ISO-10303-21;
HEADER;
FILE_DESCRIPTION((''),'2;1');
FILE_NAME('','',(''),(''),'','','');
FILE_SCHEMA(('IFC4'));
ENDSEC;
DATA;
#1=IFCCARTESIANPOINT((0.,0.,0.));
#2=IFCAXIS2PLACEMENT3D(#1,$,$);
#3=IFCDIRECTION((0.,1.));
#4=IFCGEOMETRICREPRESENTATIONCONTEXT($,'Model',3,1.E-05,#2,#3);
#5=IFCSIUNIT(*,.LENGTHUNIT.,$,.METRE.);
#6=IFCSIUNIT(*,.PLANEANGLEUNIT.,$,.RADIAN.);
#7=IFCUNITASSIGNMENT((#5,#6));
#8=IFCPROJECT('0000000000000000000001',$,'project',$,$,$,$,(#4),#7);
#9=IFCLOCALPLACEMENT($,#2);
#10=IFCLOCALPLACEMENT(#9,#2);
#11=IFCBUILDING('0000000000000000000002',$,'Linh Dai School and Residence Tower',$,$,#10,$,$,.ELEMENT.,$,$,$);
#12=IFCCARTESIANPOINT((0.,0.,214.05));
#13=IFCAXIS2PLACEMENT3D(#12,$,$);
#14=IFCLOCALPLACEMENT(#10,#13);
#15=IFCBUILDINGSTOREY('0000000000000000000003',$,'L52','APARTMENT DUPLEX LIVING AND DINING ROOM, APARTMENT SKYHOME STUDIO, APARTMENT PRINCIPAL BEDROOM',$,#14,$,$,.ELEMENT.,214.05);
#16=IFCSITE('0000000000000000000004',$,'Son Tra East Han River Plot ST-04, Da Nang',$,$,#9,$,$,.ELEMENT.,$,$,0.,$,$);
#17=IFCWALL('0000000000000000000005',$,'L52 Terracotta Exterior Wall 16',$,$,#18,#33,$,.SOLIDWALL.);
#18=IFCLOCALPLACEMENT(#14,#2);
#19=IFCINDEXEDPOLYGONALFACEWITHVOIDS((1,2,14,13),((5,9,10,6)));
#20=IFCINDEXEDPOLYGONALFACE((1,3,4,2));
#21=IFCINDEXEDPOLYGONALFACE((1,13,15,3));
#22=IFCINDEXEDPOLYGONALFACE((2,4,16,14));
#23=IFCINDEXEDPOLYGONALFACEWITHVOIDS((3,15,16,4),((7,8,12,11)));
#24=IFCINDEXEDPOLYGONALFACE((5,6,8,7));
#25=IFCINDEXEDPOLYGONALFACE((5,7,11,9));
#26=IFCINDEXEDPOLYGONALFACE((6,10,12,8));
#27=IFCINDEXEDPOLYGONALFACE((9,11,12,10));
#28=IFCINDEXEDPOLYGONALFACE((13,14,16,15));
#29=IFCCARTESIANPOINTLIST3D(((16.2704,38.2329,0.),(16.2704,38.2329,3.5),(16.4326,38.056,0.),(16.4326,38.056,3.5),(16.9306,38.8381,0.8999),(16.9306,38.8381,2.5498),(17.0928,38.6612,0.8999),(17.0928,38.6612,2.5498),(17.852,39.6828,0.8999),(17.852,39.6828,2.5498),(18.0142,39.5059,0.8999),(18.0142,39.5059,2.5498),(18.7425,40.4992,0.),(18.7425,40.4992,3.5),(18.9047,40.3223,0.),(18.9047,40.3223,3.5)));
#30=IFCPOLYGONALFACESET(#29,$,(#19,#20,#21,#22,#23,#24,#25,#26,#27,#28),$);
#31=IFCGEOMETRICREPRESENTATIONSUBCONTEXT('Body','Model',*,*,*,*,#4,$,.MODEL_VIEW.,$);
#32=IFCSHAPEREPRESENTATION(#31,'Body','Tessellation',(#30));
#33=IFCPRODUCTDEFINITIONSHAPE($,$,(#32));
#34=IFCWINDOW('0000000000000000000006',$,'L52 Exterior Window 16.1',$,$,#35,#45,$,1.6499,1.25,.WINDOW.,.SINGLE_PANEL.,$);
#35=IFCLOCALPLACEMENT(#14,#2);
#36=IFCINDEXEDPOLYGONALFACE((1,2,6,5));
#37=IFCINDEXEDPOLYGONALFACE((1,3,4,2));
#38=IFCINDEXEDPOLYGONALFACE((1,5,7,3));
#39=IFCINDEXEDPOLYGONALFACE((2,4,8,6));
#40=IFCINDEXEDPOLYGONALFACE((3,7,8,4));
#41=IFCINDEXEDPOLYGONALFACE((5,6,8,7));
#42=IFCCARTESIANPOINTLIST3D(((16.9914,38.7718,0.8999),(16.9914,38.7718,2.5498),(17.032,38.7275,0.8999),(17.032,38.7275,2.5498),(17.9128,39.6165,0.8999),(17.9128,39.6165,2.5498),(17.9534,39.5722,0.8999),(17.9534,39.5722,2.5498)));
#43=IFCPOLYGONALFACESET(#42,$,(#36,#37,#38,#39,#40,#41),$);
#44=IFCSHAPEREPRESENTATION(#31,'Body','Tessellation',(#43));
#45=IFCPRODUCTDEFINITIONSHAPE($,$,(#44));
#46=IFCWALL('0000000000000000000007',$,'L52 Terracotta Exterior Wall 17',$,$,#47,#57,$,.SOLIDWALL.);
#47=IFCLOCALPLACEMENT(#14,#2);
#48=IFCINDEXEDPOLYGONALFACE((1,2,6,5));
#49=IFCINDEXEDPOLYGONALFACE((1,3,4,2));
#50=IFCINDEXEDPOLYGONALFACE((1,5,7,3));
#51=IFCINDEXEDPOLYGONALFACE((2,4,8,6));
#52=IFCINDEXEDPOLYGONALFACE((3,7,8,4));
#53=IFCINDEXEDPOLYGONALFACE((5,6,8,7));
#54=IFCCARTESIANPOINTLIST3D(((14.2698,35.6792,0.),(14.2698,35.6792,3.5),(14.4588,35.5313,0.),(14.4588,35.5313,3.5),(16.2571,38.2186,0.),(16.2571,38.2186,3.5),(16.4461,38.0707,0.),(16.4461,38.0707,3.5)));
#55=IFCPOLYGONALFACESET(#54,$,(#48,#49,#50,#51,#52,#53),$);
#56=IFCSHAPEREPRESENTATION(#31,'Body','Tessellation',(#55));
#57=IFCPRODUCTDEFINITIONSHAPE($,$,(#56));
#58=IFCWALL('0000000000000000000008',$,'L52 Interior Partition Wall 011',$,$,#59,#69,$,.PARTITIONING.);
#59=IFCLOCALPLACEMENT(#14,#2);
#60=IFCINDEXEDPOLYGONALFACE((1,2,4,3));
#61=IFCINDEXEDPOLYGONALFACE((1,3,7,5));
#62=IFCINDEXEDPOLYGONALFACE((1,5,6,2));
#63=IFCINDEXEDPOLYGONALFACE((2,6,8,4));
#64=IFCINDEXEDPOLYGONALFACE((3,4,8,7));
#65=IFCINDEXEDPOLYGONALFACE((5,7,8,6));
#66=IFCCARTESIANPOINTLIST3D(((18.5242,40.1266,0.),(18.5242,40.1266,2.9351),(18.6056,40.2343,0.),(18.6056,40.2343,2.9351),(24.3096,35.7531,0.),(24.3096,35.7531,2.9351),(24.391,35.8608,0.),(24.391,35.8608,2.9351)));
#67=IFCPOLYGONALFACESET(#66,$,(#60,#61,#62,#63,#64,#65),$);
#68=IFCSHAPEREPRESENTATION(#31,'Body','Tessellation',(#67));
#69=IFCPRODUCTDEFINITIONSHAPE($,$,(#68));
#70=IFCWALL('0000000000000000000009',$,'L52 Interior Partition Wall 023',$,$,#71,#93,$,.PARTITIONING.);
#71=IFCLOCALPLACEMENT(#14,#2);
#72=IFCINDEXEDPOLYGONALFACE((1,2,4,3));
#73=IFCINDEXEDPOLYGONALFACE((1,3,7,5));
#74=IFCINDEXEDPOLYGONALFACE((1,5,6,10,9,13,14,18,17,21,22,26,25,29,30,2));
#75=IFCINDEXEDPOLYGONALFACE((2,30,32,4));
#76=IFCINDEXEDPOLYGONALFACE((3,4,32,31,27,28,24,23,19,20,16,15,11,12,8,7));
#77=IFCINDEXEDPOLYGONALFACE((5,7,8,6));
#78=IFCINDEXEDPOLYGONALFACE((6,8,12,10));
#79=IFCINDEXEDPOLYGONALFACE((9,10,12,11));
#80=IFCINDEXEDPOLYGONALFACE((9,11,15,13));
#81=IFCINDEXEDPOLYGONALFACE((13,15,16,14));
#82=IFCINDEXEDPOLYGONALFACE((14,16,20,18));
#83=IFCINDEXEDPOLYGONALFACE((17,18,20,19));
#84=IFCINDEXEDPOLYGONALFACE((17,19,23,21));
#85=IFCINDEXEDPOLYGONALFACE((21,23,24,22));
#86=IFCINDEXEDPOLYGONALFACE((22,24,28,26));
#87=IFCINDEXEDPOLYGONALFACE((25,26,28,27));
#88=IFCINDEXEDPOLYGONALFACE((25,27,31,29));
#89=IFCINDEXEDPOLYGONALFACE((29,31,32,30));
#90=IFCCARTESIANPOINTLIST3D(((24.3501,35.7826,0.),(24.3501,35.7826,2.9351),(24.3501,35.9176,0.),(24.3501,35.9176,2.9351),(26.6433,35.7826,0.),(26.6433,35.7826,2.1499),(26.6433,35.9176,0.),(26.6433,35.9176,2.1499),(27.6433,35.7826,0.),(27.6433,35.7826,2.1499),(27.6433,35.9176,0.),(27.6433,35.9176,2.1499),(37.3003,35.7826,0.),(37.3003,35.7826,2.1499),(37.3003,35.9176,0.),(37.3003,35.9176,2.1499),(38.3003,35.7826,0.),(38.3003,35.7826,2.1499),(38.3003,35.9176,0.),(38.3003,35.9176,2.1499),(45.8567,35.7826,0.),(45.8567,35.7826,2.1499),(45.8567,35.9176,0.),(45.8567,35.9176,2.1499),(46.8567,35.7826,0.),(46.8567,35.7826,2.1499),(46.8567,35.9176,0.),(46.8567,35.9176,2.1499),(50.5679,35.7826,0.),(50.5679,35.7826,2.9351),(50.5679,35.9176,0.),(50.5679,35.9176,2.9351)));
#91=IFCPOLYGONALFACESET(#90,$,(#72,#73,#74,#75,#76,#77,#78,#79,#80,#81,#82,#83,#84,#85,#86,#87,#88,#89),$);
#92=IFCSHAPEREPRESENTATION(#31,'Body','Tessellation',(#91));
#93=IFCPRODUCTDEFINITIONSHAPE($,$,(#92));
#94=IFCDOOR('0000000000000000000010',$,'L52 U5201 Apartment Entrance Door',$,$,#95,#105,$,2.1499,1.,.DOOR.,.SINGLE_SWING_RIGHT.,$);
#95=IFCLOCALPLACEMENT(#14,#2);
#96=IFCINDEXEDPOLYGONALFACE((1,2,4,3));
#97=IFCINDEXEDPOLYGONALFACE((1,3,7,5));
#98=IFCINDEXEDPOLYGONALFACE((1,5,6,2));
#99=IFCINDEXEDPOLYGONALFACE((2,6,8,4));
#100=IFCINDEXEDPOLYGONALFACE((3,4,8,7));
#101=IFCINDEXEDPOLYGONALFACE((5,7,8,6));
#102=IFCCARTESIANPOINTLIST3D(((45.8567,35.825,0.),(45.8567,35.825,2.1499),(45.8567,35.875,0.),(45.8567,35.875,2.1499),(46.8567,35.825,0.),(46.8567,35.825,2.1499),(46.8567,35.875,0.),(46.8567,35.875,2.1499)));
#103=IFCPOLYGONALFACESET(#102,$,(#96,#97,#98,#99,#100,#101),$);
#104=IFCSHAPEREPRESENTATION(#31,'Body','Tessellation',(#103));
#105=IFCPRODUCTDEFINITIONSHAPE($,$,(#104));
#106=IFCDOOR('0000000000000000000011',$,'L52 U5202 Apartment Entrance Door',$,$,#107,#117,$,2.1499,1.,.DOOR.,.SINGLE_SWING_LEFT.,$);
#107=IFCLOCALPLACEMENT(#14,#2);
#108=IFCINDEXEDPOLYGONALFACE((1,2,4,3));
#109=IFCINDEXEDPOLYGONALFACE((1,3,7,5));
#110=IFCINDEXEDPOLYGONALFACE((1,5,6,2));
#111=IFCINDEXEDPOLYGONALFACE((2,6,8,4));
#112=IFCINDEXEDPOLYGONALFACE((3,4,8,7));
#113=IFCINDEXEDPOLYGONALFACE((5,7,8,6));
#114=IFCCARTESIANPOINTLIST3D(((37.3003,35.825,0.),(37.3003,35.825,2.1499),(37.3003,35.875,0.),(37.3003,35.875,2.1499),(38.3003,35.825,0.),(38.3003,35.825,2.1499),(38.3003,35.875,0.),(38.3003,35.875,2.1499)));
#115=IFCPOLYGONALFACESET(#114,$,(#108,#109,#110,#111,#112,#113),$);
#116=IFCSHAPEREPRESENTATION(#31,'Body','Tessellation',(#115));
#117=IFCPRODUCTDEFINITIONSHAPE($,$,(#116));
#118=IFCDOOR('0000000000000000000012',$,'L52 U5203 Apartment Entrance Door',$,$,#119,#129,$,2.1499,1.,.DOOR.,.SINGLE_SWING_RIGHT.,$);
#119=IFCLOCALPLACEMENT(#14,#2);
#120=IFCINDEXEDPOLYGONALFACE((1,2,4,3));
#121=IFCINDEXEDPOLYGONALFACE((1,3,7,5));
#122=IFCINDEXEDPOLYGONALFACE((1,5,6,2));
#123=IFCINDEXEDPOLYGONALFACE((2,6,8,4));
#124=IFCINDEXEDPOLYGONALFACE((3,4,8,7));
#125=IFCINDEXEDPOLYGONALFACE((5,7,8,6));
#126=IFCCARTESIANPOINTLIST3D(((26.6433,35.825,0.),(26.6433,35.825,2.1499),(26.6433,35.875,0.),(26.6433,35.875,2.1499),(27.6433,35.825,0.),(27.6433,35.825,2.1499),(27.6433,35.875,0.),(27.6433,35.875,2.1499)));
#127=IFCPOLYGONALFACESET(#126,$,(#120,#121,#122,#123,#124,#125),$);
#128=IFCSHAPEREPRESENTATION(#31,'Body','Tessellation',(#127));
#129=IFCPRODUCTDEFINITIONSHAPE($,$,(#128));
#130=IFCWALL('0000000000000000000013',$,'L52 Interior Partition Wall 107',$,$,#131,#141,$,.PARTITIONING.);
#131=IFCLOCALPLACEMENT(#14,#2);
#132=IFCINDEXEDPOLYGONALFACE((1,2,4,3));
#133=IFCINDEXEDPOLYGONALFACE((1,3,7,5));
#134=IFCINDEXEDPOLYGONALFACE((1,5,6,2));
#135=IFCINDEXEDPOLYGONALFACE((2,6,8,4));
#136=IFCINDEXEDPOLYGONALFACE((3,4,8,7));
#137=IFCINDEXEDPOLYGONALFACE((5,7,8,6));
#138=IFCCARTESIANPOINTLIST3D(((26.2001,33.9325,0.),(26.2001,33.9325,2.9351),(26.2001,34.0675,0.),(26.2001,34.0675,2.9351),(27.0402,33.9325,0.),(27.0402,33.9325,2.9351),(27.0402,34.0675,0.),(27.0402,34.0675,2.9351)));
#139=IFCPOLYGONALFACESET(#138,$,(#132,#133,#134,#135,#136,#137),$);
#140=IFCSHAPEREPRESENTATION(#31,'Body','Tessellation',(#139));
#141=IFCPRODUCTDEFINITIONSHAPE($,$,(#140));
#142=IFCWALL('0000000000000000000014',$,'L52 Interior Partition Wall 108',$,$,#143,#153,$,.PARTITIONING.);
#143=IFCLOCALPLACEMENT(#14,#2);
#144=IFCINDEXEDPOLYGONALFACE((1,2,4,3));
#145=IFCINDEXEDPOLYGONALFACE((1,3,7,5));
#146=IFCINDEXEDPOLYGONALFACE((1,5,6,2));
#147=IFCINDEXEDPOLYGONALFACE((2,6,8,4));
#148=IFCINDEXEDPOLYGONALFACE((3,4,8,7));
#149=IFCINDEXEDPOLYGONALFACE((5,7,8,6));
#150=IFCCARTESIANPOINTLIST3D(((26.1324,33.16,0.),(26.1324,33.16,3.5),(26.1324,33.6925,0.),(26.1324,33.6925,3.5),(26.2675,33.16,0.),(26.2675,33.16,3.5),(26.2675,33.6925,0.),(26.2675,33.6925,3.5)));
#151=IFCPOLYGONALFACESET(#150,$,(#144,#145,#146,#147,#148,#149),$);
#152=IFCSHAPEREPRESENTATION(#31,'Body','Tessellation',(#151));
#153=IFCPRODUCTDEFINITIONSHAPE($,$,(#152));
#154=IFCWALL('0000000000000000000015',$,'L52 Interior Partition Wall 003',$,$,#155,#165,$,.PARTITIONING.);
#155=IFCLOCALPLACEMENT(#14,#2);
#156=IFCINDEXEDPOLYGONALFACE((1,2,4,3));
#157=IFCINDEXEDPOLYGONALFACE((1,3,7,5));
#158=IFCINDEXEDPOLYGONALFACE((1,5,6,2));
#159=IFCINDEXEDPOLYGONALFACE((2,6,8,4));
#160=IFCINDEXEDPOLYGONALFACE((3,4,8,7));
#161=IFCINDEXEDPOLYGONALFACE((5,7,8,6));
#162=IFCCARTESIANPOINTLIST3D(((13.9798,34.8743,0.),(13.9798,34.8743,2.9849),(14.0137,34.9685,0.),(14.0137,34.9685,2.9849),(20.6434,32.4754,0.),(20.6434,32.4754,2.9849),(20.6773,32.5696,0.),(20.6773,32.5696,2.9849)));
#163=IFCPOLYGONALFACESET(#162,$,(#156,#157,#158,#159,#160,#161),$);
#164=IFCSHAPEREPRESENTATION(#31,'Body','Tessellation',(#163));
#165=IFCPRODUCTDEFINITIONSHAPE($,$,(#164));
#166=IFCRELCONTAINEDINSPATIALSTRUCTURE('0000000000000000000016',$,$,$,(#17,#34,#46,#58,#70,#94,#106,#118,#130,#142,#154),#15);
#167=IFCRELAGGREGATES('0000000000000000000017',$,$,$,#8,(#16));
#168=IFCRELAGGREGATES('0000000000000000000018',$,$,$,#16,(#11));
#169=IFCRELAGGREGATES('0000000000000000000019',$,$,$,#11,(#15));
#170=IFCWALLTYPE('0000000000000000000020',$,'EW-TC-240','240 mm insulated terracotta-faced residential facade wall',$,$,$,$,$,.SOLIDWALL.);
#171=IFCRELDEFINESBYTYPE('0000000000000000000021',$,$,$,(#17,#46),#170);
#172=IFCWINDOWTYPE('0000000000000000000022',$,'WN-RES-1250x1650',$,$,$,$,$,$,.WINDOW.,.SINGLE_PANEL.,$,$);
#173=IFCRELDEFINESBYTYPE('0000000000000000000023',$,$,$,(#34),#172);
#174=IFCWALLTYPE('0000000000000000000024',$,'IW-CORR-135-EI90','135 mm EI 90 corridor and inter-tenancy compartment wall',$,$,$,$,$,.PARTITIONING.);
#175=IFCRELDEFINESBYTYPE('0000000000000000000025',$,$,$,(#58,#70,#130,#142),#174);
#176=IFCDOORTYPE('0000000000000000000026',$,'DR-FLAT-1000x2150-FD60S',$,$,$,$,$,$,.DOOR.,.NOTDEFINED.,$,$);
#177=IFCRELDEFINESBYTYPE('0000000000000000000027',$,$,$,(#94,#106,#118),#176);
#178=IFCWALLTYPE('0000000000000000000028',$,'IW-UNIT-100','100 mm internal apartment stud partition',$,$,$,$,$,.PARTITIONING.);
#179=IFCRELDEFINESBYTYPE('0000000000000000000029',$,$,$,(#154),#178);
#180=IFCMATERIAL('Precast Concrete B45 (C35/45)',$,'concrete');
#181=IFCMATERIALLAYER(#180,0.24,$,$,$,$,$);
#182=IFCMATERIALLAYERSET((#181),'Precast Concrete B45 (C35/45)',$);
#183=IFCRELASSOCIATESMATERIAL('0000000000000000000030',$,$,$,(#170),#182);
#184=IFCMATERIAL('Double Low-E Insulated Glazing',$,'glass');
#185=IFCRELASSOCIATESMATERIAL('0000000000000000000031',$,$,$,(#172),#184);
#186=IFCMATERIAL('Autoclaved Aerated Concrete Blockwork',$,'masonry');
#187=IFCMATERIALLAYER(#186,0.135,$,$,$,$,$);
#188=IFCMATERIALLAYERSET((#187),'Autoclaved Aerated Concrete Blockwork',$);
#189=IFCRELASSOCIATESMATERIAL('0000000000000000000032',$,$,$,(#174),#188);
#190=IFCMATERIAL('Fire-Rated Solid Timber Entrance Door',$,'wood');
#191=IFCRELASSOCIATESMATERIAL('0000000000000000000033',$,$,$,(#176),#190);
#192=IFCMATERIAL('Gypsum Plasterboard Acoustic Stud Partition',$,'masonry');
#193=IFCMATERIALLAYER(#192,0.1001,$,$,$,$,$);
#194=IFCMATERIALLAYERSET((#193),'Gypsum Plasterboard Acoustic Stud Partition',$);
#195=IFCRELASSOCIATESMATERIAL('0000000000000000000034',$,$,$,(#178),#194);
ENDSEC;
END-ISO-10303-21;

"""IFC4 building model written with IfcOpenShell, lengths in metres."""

from ifc_helpers import new_model, si_unit, direction, frame, frame_2d, origin, origin_2d, place, context, subcontext, project, spatial, rectangle, extrude, source, transform, mapped, material, layer, layer_set, type_object, element, fill, save


model = new_model("IFC4")

# Units and contexts
model_context = context("Model", 3, precision=1e-05, world=origin(), true_north=direction((0.0, 1.0)))
body_context = subcontext(model_context, "Body", "Model", "MODEL_VIEW")
ifc_project = project(units=[si_unit("LENGTHUNIT", "METRE"), si_unit("PLANEANGLEUNIT", "RADIAN")], contexts=[model_context])

# Site, building, storey
site_placement = place(None, origin())
site = spatial("IfcSite", under=ifc_project, at=site_placement, Name="Son Tra East Han River Plot ST-04, Da Nang", CompositionType="ELEMENT", RefElevation=0.0)
building_placement = place(site_placement, origin())
building = spatial("IfcBuilding", under=site, at=building_placement, Name="Linh Dai School and Residence Tower", CompositionType="ELEMENT")
storey_placement = place(building_placement, frame((0.0, 0.0, 214.05)))
storey = spatial("IfcBuildingStorey", under=building, at=storey_placement, Name="L52", Description="APARTMENT DUPLEX LIVING AND DINING ROOM, APARTMENT SKYHOME STUDIO, APARTMENT PRINCIPAL BEDROOM", CompositionType="ELEMENT", Elevation=214.05)

# Shared definitions
ifc_material_1 = material(Name="Precast Concrete B45 (C35/45)", Category="concrete")

# Shared definitions
ifc_layer_1 = layer(ifc_material_1, 0.24)
ifc_layer_set_1 = layer_set([ifc_layer_1], Name="Precast Concrete B45 (C35/45)")
wall_type_1 = type_object("IfcWallType", Name="EW-TC-240", Description="240 mm insulated terracotta-faced residential facade wall", PredefinedType="SOLIDWALL", material=ifc_layer_set_1)

# Shared definitions
ifc_material_2 = material(Name="Double Low-E Insulated Glazing", Category="glass")

# Wall, opening, window
wall_1_placement = place(storey_placement, frame((16.3516, 38.1445, 0.0), z_axis=(0.0, 0.0, 1.0), x_axis=(0.737124, 0.675758, 0.0)))
wall_1 = element("IfcWall", 1, at=wall_1_placement, inside=storey, type_object=wall_type_1, Name="L52 Terracotta Exterior Wall 16", PredefinedType="SOLIDWALL", context=body_context, shape_type="SweptSolid", body=[
    extrude(rectangle(XDim=3.3538, YDim=0.24, at=frame_2d((1.6768, 0.0))), origin(), (0.0, 0.0, 1.0), 3.5),
])
opening_1_placement = place(wall_1_placement, frame((0.8955, 0.0, 0.8999)))
opening_1 = element("IfcOpeningElement", 2, at=opening_1_placement, cuts=wall_1, PredefinedType="OPENING", context=body_context, shape_type="SweptSolid", body=[
    extrude(rectangle(XDim=1.25, YDim=1.6499, at=origin_2d()), frame((0.625, 0.1299, 0.825), z_axis=(0.0, -1.0, 0.0), x_axis=(1.0, 0.0, 0.0)), (0.0, 0.0, 1.0), 0.26),
])
window_type_1 = type_object("IfcWindowType", Name="WN-RES-1250x1650", PartitioningType="SINGLE_PANEL", PredefinedType="WINDOW", material=ifc_material_2)
shared_shape_1 = source(origin(), body_context, "Body", "SweptSolid", [
    extrude(rectangle(XDim=1.25, YDim=1.6499, at=origin_2d()), frame((0.625, 0.03, 0.825), z_axis=(0.0, -1.0, 0.0), x_axis=(1.0, 0.0, 0.0)), (0.0, 0.0, 1.0), 0.0601),
])
window_1_placement = place(opening_1_placement, origin())
window_1 = element("IfcWindow", 3, at=window_1_placement, inside=storey, type_object=window_type_1, Name="L52 Exterior Window 16.1", OverallHeight=1.6499, OverallWidth=1.25, PartitioningType="SINGLE_PANEL", PredefinedType="WINDOW", context=body_context, shape_type="MappedRepresentation", body=[
    mapped(shared_shape_1, transform((0.0, 0.0, 0.0), x_axis=(1.0, 0.0, 0.0), y_axis=(0.0, 1.0, 0.0), z_axis=(0.0, 0.0, 1.0), scale=1.0)),
])
fill(opening_1, window_1)

# Walls
wall_2_placement = place(storey_placement, frame((14.3643, 35.6052, 0.0), z_axis=(0.0, 0.0, 1.0), x_axis=(0.616312, 0.787502, 0.0)))
element("IfcWall", 4, at=wall_2_placement, inside=storey, type_object=wall_type_1, Name="L52 Terracotta Exterior Wall 17", PredefinedType="SOLIDWALL", context=body_context, shape_type="SweptSolid", body=[
    extrude(rectangle(XDim=3.2246, YDim=0.24, at=frame_2d((1.6123, 0.0))), origin(), (0.0, 0.0, 1.0), 3.5),
])
ifc_material_3 = material(Name="Autoclaved Aerated Concrete Blockwork", Category="masonry")
ifc_layer_2 = layer(ifc_material_3, 0.135)
ifc_layer_set_2 = layer_set([ifc_layer_2], Name="Autoclaved Aerated Concrete Blockwork")
wall_type_2 = type_object("IfcWallType", Name="IW-CORR-135-EI90", Description="135 mm EI 90 corridor and inter-tenancy compartment wall", PredefinedType="PARTITIONING", material=ifc_layer_set_2)
wall_3_placement = place(storey_placement, frame((18.5649, 40.1804, 0.0), z_axis=(0.0, 0.0, 1.0), x_axis=(0.797712, -0.603039, 0.0)))
element("IfcWall", 5, at=wall_3_placement, inside=storey, type_object=wall_type_2, Name="L52 Interior Partition Wall 011", PredefinedType="PARTITIONING", context=body_context, shape_type="SweptSolid", body=[
    extrude(rectangle(XDim=7.2524, YDim=0.135, at=frame_2d((3.6262, 0.0))), origin(), (0.0, 0.0, 1.0), 2.9351),
])

# Wall, openings, doors
wall_4_placement = place(storey_placement, frame((24.3501, 35.8501, 0.0), z_axis=(0.0, 0.0, 1.0), x_axis=(1.0, 0.0, 0.0)))
wall_4 = element("IfcWall", 6, at=wall_4_placement, inside=storey, type_object=wall_type_2, Name="L52 Interior Partition Wall 023", PredefinedType="PARTITIONING", context=body_context, shape_type="SweptSolid", body=[
    extrude(rectangle(XDim=26.2178, YDim=0.135, at=frame_2d((13.1089, 0.0))), origin(), (0.0, 0.0, 1.0), 2.9351),
])
opening_2_placement = place(wall_4_placement, frame((21.5066, 0.0, 0.0)))
opening_2 = element("IfcOpeningElement", 7, at=opening_2_placement, cuts=wall_4, PredefinedType="OPENING", context=body_context, shape_type="SweptSolid", body=[
    extrude(rectangle(XDim=1.0, YDim=2.1499, at=origin_2d()), frame((0.5, 0.0776, 1.075), z_axis=(0.0, -1.0, 0.0), x_axis=(1.0, 0.0, 0.0)), (0.0, 0.0, 1.0), 0.155),
])
opening_3_placement = place(wall_4_placement, frame((12.9502, 0.0, 0.0)))
opening_3 = element("IfcOpeningElement", 8, at=opening_3_placement, cuts=wall_4, PredefinedType="OPENING", context=body_context, shape_type="SweptSolid", body=[
    extrude(rectangle(XDim=1.0, YDim=2.1499, at=origin_2d()), frame((0.5, 0.0776, 1.075), z_axis=(0.0, -1.0, 0.0), x_axis=(1.0, 0.0, 0.0)), (0.0, 0.0, 1.0), 0.155),
])
opening_4_placement = place(wall_4_placement, frame((2.2932, 0.0, 0.0)))
opening_4 = element("IfcOpeningElement", 9, at=opening_4_placement, cuts=wall_4, PredefinedType="OPENING", context=body_context, shape_type="SweptSolid", body=[
    extrude(rectangle(XDim=1.0, YDim=2.1499, at=origin_2d()), frame((0.5, 0.0776, 1.075), z_axis=(0.0, -1.0, 0.0), x_axis=(1.0, 0.0, 0.0)), (0.0, 0.0, 1.0), 0.155),
])
ifc_material_4 = material(Name="Fire-Rated Solid Timber Entrance Door", Category="wood")
door_type_1 = type_object("IfcDoorType", Name="DR-FLAT-1000x2150-FD60S", OperationType="NOTDEFINED", PredefinedType="DOOR", material=ifc_material_4)
shared_shape_2 = source(origin(), body_context, "Body", "SweptSolid", [
    extrude(rectangle(XDim=1.0, YDim=2.1499, at=origin_2d()), frame((0.5, 0.0249, 1.075), z_axis=(0.0, -1.0, 0.0), x_axis=(1.0, 0.0, 0.0)), (0.0, 0.0, 1.0), 0.05),
])
door_1_placement = place(opening_2_placement, origin())
door_1 = element("IfcDoor", 10, at=door_1_placement, inside=storey, type_object=door_type_1, Name="L52 U5201 Apartment Entrance Door", OperationType="SINGLE_SWING_RIGHT", OverallHeight=2.1499, OverallWidth=1.0, PredefinedType="DOOR", context=body_context, shape_type="MappedRepresentation", body=[
    mapped(shared_shape_2, transform((0.0, 0.0, 0.0), x_axis=(1.0, 0.0, 0.0), y_axis=(0.0, 1.0, 0.0), z_axis=(0.0, 0.0, 1.0), scale=1.0)),
])
fill(opening_2, door_1)
door_2_placement = place(opening_3_placement, origin())
door_2 = element("IfcDoor", 11, at=door_2_placement, inside=storey, type_object=door_type_1, Name="L52 U5202 Apartment Entrance Door", OperationType="SINGLE_SWING_LEFT", OverallHeight=2.1499, OverallWidth=1.0, PredefinedType="DOOR", context=body_context, shape_type="MappedRepresentation", body=[
    mapped(shared_shape_2, transform((0.0, 0.0, 0.0), x_axis=(1.0, 0.0, 0.0), y_axis=(0.0, 1.0, 0.0), z_axis=(0.0, 0.0, 1.0), scale=1.0)),
])
fill(opening_3, door_2)
door_3_placement = place(opening_4_placement, origin())
door_3 = element("IfcDoor", 12, at=door_3_placement, inside=storey, type_object=door_type_1, Name="L52 U5203 Apartment Entrance Door", OperationType="SINGLE_SWING_RIGHT", OverallHeight=2.1499, OverallWidth=1.0, PredefinedType="DOOR", context=body_context, shape_type="MappedRepresentation", body=[
    mapped(shared_shape_2, transform((0.0, 0.0, 0.0), x_axis=(1.0, 0.0, 0.0), y_axis=(0.0, 1.0, 0.0), z_axis=(0.0, 0.0, 1.0), scale=1.0)),
])
fill(opening_4, door_3)

# Walls
wall_5_placement = place(storey_placement, frame((27.04, 34.0, 0.0), z_axis=(0.0, 0.0, 1.0), x_axis=(-1.0, 0.0, 0.0)))
element("IfcWall", 13, at=wall_5_placement, inside=storey, type_object=wall_type_2, Name="L52 Interior Partition Wall 107", PredefinedType="PARTITIONING", context=body_context, shape_type="SweptSolid", body=[
    extrude(rectangle(XDim=0.8401, YDim=0.135, at=frame_2d((0.4199, 0.0))), origin(), (0.0, 0.0, 1.0), 2.9351),
])
wall_6_placement = place(storey_placement, frame((26.2, 33.6924, 0.0), z_axis=(0.0, 0.0, 1.0), x_axis=(0.0, -1.0, 0.0)))
element("IfcWall", 14, at=wall_6_placement, inside=storey, type_object=wall_type_2, Name="L52 Interior Partition Wall 108", PredefinedType="PARTITIONING", context=body_context, shape_type="SweptSolid", body=[
    extrude(rectangle(XDim=0.5325, YDim=0.135, at=frame_2d((0.2661, 0.0))), origin(), (0.0, 0.0, 1.0), 3.5),
])
ifc_material_5 = material(Name="Gypsum Plasterboard Acoustic Stud Partition", Category="masonry")
ifc_layer_3 = layer(ifc_material_5, 0.1001)
ifc_layer_set_3 = layer_set([ifc_layer_3], Name="Gypsum Plasterboard Acoustic Stud Partition")
wall_type_3 = type_object("IfcWallType", Name="IW-UNIT-100", Description="100 mm internal apartment stud partition", PredefinedType="PARTITIONING", material=ifc_layer_set_3)
wall_7_placement = place(storey_placement, frame((13.9968, 34.9214, 0.0), z_axis=(0.0, 0.0, 1.0), x_axis=(0.940886, -0.338724, 0.0)))
element("IfcWall", 15, at=wall_7_placement, inside=storey, type_object=wall_type_3, Name="L52 Interior Partition Wall 003", PredefinedType="PARTITIONING", context=body_context, shape_type="SweptSolid", body=[
    extrude(rectangle(XDim=7.0823, YDim=0.1001, at=frame_2d((3.541, 0.0))), origin(), (0.0, 0.0, 1.0), 2.9849),
])

save(model, "model.ifc")
